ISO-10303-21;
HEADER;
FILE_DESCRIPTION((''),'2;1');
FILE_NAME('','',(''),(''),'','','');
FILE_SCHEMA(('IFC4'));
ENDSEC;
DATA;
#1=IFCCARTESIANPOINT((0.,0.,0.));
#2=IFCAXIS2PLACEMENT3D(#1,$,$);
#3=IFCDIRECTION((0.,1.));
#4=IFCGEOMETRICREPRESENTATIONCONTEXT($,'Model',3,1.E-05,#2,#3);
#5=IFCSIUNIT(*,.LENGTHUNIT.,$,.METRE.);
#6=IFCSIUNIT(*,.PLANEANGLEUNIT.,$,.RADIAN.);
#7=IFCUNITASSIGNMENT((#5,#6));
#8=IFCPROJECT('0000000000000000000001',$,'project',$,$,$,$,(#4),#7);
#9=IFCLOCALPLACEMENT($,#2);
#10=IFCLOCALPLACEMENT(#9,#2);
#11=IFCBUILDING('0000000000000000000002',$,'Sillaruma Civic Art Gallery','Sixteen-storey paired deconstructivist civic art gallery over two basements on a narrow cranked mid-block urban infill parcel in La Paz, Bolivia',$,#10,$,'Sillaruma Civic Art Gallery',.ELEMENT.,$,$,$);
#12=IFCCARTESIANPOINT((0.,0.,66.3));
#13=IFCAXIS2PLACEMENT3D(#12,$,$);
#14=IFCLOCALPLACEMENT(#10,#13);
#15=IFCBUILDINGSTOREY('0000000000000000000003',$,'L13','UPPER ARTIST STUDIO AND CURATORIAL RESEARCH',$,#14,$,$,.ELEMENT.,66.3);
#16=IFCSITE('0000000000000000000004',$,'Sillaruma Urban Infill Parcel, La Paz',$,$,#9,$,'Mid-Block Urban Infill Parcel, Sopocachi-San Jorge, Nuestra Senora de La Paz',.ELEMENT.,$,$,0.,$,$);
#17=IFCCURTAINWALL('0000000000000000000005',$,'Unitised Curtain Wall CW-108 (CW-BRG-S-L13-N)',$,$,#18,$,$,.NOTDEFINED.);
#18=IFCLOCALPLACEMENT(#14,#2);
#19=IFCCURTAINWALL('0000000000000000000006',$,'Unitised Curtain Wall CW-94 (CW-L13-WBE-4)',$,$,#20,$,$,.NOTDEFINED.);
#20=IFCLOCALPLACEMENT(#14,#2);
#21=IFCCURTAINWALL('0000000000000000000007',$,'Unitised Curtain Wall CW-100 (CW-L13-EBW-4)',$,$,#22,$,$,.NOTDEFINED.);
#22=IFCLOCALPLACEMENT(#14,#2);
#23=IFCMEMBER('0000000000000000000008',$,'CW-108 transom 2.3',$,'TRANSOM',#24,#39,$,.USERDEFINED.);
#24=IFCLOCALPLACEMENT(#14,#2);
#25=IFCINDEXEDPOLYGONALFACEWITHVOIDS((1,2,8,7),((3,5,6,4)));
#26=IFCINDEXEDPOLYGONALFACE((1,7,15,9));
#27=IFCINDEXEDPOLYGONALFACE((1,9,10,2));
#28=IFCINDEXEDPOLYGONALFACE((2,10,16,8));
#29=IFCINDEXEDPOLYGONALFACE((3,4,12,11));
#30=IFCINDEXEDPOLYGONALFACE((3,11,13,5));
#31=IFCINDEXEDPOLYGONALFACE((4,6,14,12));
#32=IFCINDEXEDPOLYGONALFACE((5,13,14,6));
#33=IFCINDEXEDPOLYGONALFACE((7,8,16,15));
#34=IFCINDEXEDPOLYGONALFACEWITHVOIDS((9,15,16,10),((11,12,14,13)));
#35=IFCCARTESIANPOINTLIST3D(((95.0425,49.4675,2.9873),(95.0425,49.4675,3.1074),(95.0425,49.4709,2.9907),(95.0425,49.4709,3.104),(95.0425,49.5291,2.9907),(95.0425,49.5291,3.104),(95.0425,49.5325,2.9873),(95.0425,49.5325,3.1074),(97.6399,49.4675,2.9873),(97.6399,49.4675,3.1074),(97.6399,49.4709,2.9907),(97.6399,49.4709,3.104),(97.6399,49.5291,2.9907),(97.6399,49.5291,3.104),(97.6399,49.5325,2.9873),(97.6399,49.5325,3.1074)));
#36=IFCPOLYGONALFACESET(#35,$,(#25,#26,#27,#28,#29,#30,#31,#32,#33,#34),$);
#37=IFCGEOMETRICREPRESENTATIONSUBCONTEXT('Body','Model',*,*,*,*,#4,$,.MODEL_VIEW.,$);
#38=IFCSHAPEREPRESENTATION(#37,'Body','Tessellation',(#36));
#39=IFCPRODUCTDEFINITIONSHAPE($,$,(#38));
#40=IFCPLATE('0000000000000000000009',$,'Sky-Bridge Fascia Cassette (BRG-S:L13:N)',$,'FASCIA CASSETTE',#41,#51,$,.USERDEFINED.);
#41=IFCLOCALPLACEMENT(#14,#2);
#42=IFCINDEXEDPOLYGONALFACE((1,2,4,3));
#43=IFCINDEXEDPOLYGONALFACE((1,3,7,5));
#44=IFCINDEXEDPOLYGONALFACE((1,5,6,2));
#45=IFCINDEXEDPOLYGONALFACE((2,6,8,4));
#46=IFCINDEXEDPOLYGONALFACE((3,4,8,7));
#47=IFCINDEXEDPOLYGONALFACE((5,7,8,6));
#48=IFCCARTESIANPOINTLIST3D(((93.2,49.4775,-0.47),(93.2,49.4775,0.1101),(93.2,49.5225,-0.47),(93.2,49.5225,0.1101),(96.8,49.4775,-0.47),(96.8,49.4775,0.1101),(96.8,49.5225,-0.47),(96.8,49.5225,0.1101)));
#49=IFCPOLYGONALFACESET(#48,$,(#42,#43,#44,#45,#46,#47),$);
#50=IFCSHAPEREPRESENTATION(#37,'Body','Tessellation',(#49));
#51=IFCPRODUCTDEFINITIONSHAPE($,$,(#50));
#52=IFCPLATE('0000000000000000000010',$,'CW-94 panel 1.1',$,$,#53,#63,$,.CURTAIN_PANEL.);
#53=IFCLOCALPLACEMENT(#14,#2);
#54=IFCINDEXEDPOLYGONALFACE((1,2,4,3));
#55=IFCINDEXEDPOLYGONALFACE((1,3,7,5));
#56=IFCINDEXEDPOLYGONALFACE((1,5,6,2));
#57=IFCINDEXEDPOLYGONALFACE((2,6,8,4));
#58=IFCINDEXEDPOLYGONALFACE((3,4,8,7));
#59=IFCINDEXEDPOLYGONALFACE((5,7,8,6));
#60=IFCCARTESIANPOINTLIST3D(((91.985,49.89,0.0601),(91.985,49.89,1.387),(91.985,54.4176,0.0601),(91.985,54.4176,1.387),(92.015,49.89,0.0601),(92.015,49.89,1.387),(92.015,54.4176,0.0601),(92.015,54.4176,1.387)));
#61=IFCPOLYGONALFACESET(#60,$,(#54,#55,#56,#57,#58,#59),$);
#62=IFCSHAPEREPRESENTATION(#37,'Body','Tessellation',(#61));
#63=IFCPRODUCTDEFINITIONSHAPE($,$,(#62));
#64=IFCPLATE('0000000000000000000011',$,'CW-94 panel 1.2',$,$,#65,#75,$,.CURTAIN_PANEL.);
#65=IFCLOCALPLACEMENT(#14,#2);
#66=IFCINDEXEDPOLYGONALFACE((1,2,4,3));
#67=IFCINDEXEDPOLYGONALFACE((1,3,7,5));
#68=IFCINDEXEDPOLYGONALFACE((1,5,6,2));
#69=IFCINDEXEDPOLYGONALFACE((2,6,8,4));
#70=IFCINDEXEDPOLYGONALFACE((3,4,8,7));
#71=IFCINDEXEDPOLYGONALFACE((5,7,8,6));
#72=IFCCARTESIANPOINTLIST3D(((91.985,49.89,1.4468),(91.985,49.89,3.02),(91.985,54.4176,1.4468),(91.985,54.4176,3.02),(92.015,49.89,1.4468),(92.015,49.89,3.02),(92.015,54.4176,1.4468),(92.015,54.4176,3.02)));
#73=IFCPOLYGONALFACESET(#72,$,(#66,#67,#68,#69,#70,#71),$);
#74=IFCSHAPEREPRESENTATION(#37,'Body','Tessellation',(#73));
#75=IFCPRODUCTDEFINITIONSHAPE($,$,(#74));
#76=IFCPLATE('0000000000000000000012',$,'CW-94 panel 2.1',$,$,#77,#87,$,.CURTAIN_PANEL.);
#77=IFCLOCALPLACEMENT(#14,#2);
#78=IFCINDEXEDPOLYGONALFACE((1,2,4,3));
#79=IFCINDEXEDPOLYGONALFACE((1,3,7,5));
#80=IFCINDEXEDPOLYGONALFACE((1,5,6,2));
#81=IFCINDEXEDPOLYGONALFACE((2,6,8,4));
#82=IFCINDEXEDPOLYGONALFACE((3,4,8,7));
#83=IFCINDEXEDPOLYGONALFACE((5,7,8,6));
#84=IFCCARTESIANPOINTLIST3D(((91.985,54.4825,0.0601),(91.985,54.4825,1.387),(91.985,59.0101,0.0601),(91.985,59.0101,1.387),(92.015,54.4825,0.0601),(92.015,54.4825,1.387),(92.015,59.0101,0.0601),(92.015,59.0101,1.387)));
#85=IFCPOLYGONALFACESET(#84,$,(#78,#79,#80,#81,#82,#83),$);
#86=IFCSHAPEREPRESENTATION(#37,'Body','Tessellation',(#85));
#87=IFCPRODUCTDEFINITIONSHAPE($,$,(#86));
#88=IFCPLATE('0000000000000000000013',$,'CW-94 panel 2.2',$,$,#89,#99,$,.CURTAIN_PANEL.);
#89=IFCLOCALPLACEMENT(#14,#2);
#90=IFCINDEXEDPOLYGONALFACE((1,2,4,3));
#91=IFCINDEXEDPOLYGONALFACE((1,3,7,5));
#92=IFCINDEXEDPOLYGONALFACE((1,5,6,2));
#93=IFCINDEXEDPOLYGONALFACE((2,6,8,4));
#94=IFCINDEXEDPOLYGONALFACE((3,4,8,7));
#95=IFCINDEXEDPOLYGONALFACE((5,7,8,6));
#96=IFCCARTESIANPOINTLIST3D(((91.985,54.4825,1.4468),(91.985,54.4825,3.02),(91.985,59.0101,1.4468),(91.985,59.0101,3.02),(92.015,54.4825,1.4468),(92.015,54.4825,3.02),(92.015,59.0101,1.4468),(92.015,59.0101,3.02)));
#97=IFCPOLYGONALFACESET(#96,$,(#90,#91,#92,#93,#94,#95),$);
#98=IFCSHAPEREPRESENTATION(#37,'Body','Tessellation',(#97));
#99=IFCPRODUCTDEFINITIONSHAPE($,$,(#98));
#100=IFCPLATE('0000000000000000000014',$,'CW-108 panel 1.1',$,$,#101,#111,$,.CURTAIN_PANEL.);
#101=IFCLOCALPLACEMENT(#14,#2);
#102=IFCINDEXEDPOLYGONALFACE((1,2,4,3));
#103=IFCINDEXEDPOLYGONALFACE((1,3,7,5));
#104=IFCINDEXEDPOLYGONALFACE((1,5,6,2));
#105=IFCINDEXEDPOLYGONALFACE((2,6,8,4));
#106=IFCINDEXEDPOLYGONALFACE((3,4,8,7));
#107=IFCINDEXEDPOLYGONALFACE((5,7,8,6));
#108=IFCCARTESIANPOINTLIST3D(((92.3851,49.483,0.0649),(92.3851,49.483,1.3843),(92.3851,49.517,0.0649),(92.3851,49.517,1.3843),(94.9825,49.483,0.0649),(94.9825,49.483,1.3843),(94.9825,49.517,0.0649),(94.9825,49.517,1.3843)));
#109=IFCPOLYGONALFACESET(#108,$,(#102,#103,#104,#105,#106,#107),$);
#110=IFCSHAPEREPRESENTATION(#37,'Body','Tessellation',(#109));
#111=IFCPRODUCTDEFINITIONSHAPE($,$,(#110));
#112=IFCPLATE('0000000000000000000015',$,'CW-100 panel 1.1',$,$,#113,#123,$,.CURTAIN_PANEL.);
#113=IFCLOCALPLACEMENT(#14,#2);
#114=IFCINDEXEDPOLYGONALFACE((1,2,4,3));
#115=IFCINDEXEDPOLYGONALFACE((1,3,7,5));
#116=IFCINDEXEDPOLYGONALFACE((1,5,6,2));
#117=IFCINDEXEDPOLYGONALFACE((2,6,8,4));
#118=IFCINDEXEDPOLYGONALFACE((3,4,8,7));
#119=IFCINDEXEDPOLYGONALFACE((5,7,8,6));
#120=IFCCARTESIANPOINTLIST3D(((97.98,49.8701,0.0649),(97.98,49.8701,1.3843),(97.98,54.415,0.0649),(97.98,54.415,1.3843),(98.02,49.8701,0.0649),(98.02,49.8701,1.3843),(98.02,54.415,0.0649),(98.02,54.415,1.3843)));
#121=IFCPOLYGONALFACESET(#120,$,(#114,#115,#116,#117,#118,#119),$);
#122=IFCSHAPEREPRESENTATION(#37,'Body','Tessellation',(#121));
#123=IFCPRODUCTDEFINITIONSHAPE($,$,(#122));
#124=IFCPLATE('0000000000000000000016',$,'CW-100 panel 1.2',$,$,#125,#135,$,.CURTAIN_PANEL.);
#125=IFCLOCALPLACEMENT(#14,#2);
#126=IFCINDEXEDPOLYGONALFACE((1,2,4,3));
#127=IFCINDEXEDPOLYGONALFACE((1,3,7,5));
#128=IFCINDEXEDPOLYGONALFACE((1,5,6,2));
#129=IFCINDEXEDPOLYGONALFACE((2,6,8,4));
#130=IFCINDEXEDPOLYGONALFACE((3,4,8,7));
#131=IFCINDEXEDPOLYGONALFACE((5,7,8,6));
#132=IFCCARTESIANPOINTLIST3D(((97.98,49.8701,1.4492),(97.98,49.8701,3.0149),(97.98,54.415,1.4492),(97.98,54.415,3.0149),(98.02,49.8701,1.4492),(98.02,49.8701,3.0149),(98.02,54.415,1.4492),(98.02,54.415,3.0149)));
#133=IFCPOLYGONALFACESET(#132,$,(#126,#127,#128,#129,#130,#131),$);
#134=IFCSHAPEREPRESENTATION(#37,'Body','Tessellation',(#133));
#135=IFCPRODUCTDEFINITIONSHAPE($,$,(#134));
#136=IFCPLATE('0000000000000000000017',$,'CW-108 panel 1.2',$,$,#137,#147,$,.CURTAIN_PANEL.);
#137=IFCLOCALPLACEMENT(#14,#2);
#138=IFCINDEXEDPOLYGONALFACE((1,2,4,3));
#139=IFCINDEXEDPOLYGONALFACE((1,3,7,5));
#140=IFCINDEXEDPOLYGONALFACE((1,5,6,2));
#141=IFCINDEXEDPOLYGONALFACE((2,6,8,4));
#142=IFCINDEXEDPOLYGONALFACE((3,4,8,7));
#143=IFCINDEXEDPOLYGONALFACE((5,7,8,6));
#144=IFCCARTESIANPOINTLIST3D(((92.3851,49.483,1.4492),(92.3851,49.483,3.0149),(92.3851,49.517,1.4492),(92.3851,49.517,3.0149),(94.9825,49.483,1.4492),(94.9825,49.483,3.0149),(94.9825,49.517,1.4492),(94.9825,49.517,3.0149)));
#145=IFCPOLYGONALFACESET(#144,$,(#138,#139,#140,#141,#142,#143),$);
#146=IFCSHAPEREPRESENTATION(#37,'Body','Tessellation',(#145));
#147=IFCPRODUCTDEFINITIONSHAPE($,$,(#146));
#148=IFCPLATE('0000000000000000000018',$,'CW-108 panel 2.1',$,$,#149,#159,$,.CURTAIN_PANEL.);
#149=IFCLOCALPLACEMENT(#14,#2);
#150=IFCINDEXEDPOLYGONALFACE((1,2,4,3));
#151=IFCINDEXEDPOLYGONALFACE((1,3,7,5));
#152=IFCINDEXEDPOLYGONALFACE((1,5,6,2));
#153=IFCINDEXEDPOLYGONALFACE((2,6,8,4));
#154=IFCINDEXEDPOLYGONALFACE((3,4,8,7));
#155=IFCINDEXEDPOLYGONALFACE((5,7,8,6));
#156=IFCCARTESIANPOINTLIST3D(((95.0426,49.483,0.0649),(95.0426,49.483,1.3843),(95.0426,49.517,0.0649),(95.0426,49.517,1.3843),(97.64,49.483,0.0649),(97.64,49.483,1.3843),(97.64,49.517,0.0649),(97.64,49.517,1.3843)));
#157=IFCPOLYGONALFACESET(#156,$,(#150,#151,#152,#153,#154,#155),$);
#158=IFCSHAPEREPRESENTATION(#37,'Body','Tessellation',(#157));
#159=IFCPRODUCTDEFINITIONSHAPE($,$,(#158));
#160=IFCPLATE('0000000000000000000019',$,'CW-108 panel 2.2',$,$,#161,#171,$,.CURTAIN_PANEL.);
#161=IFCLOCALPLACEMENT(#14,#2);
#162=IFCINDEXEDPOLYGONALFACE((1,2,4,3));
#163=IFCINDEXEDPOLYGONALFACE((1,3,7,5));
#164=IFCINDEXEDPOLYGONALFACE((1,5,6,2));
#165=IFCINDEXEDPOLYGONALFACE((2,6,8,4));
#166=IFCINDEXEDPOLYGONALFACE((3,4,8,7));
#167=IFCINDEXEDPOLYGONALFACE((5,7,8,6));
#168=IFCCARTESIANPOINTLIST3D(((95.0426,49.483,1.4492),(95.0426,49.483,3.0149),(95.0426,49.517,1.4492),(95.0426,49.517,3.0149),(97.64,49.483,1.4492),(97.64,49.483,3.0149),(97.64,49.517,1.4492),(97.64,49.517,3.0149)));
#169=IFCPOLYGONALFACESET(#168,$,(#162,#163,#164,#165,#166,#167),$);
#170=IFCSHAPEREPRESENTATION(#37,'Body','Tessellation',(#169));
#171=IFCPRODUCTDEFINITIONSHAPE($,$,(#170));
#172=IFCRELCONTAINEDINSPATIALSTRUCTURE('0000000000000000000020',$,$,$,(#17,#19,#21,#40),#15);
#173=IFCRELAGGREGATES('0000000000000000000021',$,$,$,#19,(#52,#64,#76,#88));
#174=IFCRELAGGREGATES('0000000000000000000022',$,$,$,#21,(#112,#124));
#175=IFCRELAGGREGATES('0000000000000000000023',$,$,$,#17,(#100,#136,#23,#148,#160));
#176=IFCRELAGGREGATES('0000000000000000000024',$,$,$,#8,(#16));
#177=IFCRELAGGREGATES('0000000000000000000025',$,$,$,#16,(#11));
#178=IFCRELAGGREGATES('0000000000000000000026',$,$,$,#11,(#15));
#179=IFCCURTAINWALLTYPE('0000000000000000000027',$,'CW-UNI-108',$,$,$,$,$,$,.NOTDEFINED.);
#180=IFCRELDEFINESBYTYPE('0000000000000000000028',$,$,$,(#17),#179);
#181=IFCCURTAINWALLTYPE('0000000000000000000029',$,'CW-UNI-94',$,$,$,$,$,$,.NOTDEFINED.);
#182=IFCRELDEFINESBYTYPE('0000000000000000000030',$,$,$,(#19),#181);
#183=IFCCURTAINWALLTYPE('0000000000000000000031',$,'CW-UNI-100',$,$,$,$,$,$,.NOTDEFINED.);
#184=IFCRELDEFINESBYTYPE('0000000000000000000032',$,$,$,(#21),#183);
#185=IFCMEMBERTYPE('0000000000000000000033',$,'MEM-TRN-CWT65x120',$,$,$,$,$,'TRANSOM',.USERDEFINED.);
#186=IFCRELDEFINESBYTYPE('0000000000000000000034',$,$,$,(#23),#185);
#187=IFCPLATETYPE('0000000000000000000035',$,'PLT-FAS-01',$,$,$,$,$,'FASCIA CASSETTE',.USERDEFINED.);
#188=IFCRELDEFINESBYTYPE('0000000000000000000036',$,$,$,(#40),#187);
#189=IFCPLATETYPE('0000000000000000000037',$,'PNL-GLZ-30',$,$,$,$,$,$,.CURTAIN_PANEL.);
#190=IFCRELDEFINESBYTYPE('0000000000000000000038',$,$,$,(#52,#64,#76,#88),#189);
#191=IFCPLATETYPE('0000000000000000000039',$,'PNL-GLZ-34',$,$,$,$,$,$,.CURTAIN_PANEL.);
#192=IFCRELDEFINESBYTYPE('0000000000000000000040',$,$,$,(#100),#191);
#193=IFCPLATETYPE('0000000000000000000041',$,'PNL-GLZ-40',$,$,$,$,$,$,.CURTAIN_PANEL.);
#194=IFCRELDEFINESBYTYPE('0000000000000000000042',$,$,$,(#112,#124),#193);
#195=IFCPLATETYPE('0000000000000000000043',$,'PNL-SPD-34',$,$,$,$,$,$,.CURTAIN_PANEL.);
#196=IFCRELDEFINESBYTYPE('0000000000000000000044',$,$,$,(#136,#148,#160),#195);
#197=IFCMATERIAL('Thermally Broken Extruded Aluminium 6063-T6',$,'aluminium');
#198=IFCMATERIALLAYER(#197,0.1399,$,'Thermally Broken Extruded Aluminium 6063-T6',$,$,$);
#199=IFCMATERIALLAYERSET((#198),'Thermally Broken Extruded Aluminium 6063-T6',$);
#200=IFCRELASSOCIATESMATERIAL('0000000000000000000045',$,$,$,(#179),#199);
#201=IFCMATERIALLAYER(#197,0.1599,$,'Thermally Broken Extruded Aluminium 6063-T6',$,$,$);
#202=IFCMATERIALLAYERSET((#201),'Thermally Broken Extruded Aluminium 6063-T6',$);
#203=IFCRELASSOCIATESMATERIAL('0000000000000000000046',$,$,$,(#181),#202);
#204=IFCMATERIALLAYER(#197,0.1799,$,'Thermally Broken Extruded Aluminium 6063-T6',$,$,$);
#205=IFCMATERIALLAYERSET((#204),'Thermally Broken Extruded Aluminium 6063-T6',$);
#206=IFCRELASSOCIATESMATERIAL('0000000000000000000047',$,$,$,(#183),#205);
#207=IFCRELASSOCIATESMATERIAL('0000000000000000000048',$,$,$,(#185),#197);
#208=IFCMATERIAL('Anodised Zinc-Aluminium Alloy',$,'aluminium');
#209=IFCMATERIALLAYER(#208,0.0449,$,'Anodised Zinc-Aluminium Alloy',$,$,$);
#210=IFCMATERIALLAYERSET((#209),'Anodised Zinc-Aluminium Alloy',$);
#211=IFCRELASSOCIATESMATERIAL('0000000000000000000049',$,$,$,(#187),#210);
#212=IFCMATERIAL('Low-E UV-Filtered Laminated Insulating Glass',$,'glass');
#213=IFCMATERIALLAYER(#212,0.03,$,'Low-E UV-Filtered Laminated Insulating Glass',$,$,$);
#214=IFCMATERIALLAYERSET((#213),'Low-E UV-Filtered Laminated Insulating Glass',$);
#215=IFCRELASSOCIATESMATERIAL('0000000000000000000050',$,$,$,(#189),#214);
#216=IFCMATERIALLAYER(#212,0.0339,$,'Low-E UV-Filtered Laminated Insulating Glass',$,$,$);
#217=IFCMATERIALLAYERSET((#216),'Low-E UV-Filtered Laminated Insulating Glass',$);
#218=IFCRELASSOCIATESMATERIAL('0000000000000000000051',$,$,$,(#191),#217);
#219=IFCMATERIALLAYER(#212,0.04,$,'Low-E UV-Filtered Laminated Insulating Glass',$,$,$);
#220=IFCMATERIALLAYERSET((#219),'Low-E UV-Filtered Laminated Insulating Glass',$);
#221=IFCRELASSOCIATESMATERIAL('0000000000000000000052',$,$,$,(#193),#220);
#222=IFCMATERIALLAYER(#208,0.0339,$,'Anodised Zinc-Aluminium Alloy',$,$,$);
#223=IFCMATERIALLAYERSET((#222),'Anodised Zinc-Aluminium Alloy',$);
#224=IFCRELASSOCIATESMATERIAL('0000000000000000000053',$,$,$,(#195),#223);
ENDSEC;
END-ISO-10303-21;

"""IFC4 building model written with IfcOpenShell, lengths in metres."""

from ifc_helpers import new_model, si_unit, direction, frame, origin, origin_2d, place, context, subcontext, project, spatial, rectangle, hollow_rectangle, extrude, material, layer, layer_set, material_profile, profile_set, type_object, element, aggregate, save


model = new_model("IFC4")

# Units and contexts
model_context = context("Model", 3, precision=1e-05, world=origin(), true_north=direction((0.0, 1.0)))
body_context = subcontext(model_context, "Body", "Model", "MODEL_VIEW")
ifc_project = project(units=[si_unit("LENGTHUNIT", "METRE"), si_unit("PLANEANGLEUNIT", "RADIAN")], contexts=[model_context])

# Site, building, storey
site_placement = place(None, origin())
site = spatial("IfcSite", under=ifc_project, at=site_placement, Name="Sillaruma Urban Infill Parcel, La Paz", LongName="Mid-Block Urban Infill Parcel, Sopocachi-San Jorge, Nuestra Senora de La Paz", CompositionType="ELEMENT", RefElevation=0.0)
building_placement = place(site_placement, origin())
building = spatial("IfcBuilding", under=site, at=building_placement, Name="Sillaruma Civic Art Gallery", Description="Sixteen-storey paired deconstructivist civic art gallery over two basements on a narrow cranked mid-block urban infill parcel in La Paz, Bolivia", LongName="Sillaruma Civic Art Gallery", CompositionType="ELEMENT")
storey_placement = place(building_placement, frame((0.0, 0.0, 66.3)))
storey = spatial("IfcBuildingStorey", under=building, at=storey_placement, Name="L13", Description="UPPER ARTIST STUDIO AND CURATORIAL RESEARCH", CompositionType="ELEMENT", Elevation=66.3)

# Curtain walls
ifc_material_1 = material(Name="Thermally Broken Extruded Aluminium 6063-T6", Category="aluminium")
ifc_layer_1 = layer(ifc_material_1, 0.1399, Name="Thermally Broken Extruded Aluminium 6063-T6")
ifc_layer_set_1 = layer_set([ifc_layer_1], Name="Thermally Broken Extruded Aluminium 6063-T6")
curtain_wall_type_1 = type_object("IfcCurtainWallType", Name="CW-UNI-108", PredefinedType="NOTDEFINED", material=ifc_layer_set_1)
curtain_wall_1_placement = place(storey_placement, origin())
curtain_wall_1 = element("IfcCurtainWall", 1, at=curtain_wall_1_placement, inside=storey, type_object=curtain_wall_type_1, Name="Unitised Curtain Wall CW-108 (CW-BRG-S-L13-N)", PredefinedType="NOTDEFINED")
ifc_layer_2 = layer(ifc_material_1, 0.1599, Name="Thermally Broken Extruded Aluminium 6063-T6")
ifc_layer_set_2 = layer_set([ifc_layer_2], Name="Thermally Broken Extruded Aluminium 6063-T6")
curtain_wall_type_2 = type_object("IfcCurtainWallType", Name="CW-UNI-94", PredefinedType="NOTDEFINED", material=ifc_layer_set_2)
curtain_wall_2_placement = place(storey_placement, origin())
curtain_wall_2 = element("IfcCurtainWall", 2, at=curtain_wall_2_placement, inside=storey, type_object=curtain_wall_type_2, Name="Unitised Curtain Wall CW-94 (CW-L13-WBE-4)", PredefinedType="NOTDEFINED")
ifc_layer_3 = layer(ifc_material_1, 0.1799, Name="Thermally Broken Extruded Aluminium 6063-T6")
ifc_layer_set_3 = layer_set([ifc_layer_3], Name="Thermally Broken Extruded Aluminium 6063-T6")
curtain_wall_type_3 = type_object("IfcCurtainWallType", Name="CW-UNI-100", PredefinedType="NOTDEFINED", material=ifc_layer_set_3)
curtain_wall_3_placement = place(storey_placement, origin())
curtain_wall_3 = element("IfcCurtainWall", 3, at=curtain_wall_3_placement, inside=storey, type_object=curtain_wall_type_3, Name="Unitised Curtain Wall CW-100 (CW-L13-EBW-4)", PredefinedType="NOTDEFINED")

# Member
ifc_material_profile_1 = material_profile(ifc_material_1, hollow_rectangle(XDim=0.0649, YDim=0.1201, WallThickness=0.0034, at=origin_2d()), Name="CWT65x120")
ifc_profile_set_1 = profile_set([ifc_material_profile_1], Name="Thermally Broken Extruded Aluminium 6063-T6")
member_type_1 = type_object("IfcMemberType", Name="MEM-TRN-CWT65x120", ElementType="TRANSOM", PredefinedType="USERDEFINED", material=ifc_profile_set_1)
member_1_placement = place(storey_placement, frame((95.0425, 49.5, 3.0474), z_axis=(1.0, 0.0, 0.0), x_axis=(0.0, 1.0, 0.0)))
member_1 = element("IfcMember", 4, at=member_1_placement, type_object=member_type_1, Name="CW-108 transom 2.3", ObjectType="TRANSOM", PredefinedType="USERDEFINED", context=body_context, shape_type="SweptSolid", body=[
    extrude(hollow_rectangle(XDim=0.0649, YDim=0.1201, WallThickness=0.0034, at=origin_2d()), origin(), (0.0, 0.0, 1.0), 2.5974),
])

# Plates
ifc_material_2 = material(Name="Anodised Zinc-Aluminium Alloy", Category="aluminium")
ifc_layer_4 = layer(ifc_material_2, 0.0449, Name="Anodised Zinc-Aluminium Alloy")
ifc_layer_set_4 = layer_set([ifc_layer_4], Name="Anodised Zinc-Aluminium Alloy")
plate_type_1 = type_object("IfcPlateType", Name="PLT-FAS-01", ElementType="FASCIA CASSETTE", PredefinedType="USERDEFINED", material=ifc_layer_set_4)
plate_1_placement = place(storey_placement, frame((95.0, 49.5, -0.47), z_axis=(0.0, 0.0, 1.0), x_axis=(1.0, 0.0, 0.0)))
element("IfcPlate", 5, at=plate_1_placement, inside=storey, type_object=plate_type_1, Name="Sky-Bridge Fascia Cassette (BRG-S:L13:N)", ObjectType="FASCIA CASSETTE", PredefinedType="USERDEFINED", context=body_context, shape_type="SweptSolid", body=[
    extrude(rectangle(XDim=3.6001, YDim=0.0449, at=origin_2d()), origin(), (0.0, 0.0, 1.0), 0.5801),
])
ifc_material_3 = material(Name="Low-E UV-Filtered Laminated Insulating Glass", Category="glass")
ifc_layer_5 = layer(ifc_material_3, 0.03, Name="Low-E UV-Filtered Laminated Insulating Glass")
ifc_layer_set_5 = layer_set([ifc_layer_5], Name="Low-E UV-Filtered Laminated Insulating Glass")
plate_type_2 = type_object("IfcPlateType", Name="PNL-GLZ-30", PredefinedType="CURTAIN_PANEL", material=ifc_layer_set_5)
plate_2_placement = place(storey_placement, frame((92.0, 52.1538, 0.0601), z_axis=(0.0, 0.0, 1.0), x_axis=(0.0, 1.0, 0.0)))
plate_2 = element("IfcPlate", 6, at=plate_2_placement, type_object=plate_type_2, Name="CW-94 panel 1.1", PredefinedType="CURTAIN_PANEL", context=body_context, shape_type="SweptSolid", body=[
    extrude(rectangle(XDim=4.5276, YDim=0.03, at=origin_2d()), origin(), (0.0, 0.0, 1.0), 1.3269),
])
plate_3_placement = place(storey_placement, frame((92.0, 52.1538, 1.4468), z_axis=(0.0, 0.0, 1.0), x_axis=(0.0, 1.0, 0.0)))
plate_3 = element("IfcPlate", 7, at=plate_3_placement, type_object=plate_type_2, Name="CW-94 panel 1.2", PredefinedType="CURTAIN_PANEL", context=body_context, shape_type="SweptSolid", body=[
    extrude(rectangle(XDim=4.5276, YDim=0.03, at=origin_2d()), origin(), (0.0, 0.0, 1.0), 1.5732),
])
plate_4_placement = place(storey_placement, frame((92.0, 56.7463, 0.0601), z_axis=(0.0, 0.0, 1.0), x_axis=(0.0, 1.0, 0.0)))
plate_4 = element("IfcPlate", 8, at=plate_4_placement, type_object=plate_type_2, Name="CW-94 panel 2.1", PredefinedType="CURTAIN_PANEL", context=body_context, shape_type="SweptSolid", body=[
    extrude(rectangle(XDim=4.5276, YDim=0.03, at=origin_2d()), origin(), (0.0, 0.0, 1.0), 1.3269),
])
plate_5_placement = place(storey_placement, frame((92.0, 56.7463, 1.4468), z_axis=(0.0, 0.0, 1.0), x_axis=(0.0, 1.0, 0.0)))
plate_5 = element("IfcPlate", 9, at=plate_5_placement, type_object=plate_type_2, Name="CW-94 panel 2.2", PredefinedType="CURTAIN_PANEL", context=body_context, shape_type="SweptSolid", body=[
    extrude(rectangle(XDim=4.5276, YDim=0.03, at=origin_2d()), origin(), (0.0, 0.0, 1.0), 1.5732),
])
aggregate(curtain_wall_2, [plate_2, plate_3, plate_4, plate_5])
ifc_layer_6 = layer(ifc_material_3, 0.0339, Name="Low-E UV-Filtered Laminated Insulating Glass")
ifc_layer_set_6 = layer_set([ifc_layer_6], Name="Low-E UV-Filtered Laminated Insulating Glass")
plate_type_3 = type_object("IfcPlateType", Name="PNL-GLZ-34", PredefinedType="CURTAIN_PANEL", material=ifc_layer_set_6)
plate_6_placement = place(storey_placement, frame((93.6838, 49.5, 0.0649), z_axis=(0.0, 0.0, 1.0), x_axis=(1.0, 0.0, 0.0)))
plate_6 = element("IfcPlate", 10, at=plate_6_placement, type_object=plate_type_3, Name="CW-108 panel 1.1", PredefinedType="CURTAIN_PANEL", context=body_context, shape_type="SweptSolid", body=[
    extrude(rectangle(XDim=2.5974, YDim=0.0339, at=origin_2d()), origin(), (0.0, 0.0, 1.0), 1.3193),
])
ifc_layer_7 = layer(ifc_material_3, 0.04, Name="Low-E UV-Filtered Laminated Insulating Glass")
ifc_layer_set_7 = layer_set([ifc_layer_7], Name="Low-E UV-Filtered Laminated Insulating Glass")
plate_type_4 = type_object("IfcPlateType", Name="PNL-GLZ-40", PredefinedType="CURTAIN_PANEL", material=ifc_layer_set_7)
plate_7_placement = place(storey_placement, frame((98.0, 52.1426, 0.0649), z_axis=(0.0, 0.0, 1.0), x_axis=(0.0, 1.0, 0.0)))
plate_7 = element("IfcPlate", 11, at=plate_7_placement, type_object=plate_type_4, Name="CW-100 panel 1.1", PredefinedType="CURTAIN_PANEL", context=body_context, shape_type="SweptSolid", body=[
    extrude(rectangle(XDim=4.5449, YDim=0.04, at=origin_2d()), origin(), (0.0, 0.0, 1.0), 1.3193),
])
plate_8_placement = place(storey_placement, frame((98.0, 52.1426, 1.4492), z_axis=(0.0, 0.0, 1.0), x_axis=(0.0, 1.0, 0.0)))
plate_8 = element("IfcPlate", 12, at=plate_8_placement, type_object=plate_type_4, Name="CW-100 panel 1.2", PredefinedType="CURTAIN_PANEL", context=body_context, shape_type="SweptSolid", body=[
    extrude(rectangle(XDim=4.5449, YDim=0.04, at=origin_2d()), origin(), (0.0, 0.0, 1.0), 1.5657),
])
aggregate(curtain_wall_3, [plate_7, plate_8])
ifc_layer_8 = layer(ifc_material_2, 0.0339, Name="Anodised Zinc-Aluminium Alloy")
ifc_layer_set_8 = layer_set([ifc_layer_8], Name="Anodised Zinc-Aluminium Alloy")
plate_type_5 = type_object("IfcPlateType", Name="PNL-SPD-34", PredefinedType="CURTAIN_PANEL", material=ifc_layer_set_8)
plate_9_placement = place(storey_placement, frame((93.6838, 49.5, 1.4492), z_axis=(0.0, 0.0, 1.0), x_axis=(1.0, 0.0, 0.0)))
plate_9 = element("IfcPlate", 13, at=plate_9_placement, type_object=plate_type_5, Name="CW-108 panel 1.2", PredefinedType="CURTAIN_PANEL", context=body_context, shape_type="SweptSolid", body=[
    extrude(rectangle(XDim=2.5974, YDim=0.0339, at=origin_2d()), origin(), (0.0, 0.0, 1.0), 1.5657),
])
plate_10_placement = place(storey_placement, frame((96.3413, 49.5, 0.0649), z_axis=(0.0, 0.0, 1.0), x_axis=(1.0, 0.0, 0.0)))
plate_10 = element("IfcPlate", 14, at=plate_10_placement, type_object=plate_type_5, Name="CW-108 panel 2.1", PredefinedType="CURTAIN_PANEL", context=body_context, shape_type="SweptSolid", body=[
    extrude(rectangle(XDim=2.5974, YDim=0.0339, at=origin_2d()), origin(), (0.0, 0.0, 1.0), 1.3193),
])
plate_11_placement = place(storey_placement, frame((96.3413, 49.5, 1.4492), z_axis=(0.0, 0.0, 1.0), x_axis=(1.0, 0.0, 0.0)))
plate_11 = element("IfcPlate", 15, at=plate_11_placement, type_object=plate_type_5, Name="CW-108 panel 2.2", PredefinedType="CURTAIN_PANEL", context=body_context, shape_type="SweptSolid", body=[
    extrude(rectangle(XDim=2.5974, YDim=0.0339, at=origin_2d()), origin(), (0.0, 0.0, 1.0), 1.5657),
])
aggregate(curtain_wall_1, [plate_6, plate_9, member_1, plate_10, plate_11])

save(model, "model.ifc")
